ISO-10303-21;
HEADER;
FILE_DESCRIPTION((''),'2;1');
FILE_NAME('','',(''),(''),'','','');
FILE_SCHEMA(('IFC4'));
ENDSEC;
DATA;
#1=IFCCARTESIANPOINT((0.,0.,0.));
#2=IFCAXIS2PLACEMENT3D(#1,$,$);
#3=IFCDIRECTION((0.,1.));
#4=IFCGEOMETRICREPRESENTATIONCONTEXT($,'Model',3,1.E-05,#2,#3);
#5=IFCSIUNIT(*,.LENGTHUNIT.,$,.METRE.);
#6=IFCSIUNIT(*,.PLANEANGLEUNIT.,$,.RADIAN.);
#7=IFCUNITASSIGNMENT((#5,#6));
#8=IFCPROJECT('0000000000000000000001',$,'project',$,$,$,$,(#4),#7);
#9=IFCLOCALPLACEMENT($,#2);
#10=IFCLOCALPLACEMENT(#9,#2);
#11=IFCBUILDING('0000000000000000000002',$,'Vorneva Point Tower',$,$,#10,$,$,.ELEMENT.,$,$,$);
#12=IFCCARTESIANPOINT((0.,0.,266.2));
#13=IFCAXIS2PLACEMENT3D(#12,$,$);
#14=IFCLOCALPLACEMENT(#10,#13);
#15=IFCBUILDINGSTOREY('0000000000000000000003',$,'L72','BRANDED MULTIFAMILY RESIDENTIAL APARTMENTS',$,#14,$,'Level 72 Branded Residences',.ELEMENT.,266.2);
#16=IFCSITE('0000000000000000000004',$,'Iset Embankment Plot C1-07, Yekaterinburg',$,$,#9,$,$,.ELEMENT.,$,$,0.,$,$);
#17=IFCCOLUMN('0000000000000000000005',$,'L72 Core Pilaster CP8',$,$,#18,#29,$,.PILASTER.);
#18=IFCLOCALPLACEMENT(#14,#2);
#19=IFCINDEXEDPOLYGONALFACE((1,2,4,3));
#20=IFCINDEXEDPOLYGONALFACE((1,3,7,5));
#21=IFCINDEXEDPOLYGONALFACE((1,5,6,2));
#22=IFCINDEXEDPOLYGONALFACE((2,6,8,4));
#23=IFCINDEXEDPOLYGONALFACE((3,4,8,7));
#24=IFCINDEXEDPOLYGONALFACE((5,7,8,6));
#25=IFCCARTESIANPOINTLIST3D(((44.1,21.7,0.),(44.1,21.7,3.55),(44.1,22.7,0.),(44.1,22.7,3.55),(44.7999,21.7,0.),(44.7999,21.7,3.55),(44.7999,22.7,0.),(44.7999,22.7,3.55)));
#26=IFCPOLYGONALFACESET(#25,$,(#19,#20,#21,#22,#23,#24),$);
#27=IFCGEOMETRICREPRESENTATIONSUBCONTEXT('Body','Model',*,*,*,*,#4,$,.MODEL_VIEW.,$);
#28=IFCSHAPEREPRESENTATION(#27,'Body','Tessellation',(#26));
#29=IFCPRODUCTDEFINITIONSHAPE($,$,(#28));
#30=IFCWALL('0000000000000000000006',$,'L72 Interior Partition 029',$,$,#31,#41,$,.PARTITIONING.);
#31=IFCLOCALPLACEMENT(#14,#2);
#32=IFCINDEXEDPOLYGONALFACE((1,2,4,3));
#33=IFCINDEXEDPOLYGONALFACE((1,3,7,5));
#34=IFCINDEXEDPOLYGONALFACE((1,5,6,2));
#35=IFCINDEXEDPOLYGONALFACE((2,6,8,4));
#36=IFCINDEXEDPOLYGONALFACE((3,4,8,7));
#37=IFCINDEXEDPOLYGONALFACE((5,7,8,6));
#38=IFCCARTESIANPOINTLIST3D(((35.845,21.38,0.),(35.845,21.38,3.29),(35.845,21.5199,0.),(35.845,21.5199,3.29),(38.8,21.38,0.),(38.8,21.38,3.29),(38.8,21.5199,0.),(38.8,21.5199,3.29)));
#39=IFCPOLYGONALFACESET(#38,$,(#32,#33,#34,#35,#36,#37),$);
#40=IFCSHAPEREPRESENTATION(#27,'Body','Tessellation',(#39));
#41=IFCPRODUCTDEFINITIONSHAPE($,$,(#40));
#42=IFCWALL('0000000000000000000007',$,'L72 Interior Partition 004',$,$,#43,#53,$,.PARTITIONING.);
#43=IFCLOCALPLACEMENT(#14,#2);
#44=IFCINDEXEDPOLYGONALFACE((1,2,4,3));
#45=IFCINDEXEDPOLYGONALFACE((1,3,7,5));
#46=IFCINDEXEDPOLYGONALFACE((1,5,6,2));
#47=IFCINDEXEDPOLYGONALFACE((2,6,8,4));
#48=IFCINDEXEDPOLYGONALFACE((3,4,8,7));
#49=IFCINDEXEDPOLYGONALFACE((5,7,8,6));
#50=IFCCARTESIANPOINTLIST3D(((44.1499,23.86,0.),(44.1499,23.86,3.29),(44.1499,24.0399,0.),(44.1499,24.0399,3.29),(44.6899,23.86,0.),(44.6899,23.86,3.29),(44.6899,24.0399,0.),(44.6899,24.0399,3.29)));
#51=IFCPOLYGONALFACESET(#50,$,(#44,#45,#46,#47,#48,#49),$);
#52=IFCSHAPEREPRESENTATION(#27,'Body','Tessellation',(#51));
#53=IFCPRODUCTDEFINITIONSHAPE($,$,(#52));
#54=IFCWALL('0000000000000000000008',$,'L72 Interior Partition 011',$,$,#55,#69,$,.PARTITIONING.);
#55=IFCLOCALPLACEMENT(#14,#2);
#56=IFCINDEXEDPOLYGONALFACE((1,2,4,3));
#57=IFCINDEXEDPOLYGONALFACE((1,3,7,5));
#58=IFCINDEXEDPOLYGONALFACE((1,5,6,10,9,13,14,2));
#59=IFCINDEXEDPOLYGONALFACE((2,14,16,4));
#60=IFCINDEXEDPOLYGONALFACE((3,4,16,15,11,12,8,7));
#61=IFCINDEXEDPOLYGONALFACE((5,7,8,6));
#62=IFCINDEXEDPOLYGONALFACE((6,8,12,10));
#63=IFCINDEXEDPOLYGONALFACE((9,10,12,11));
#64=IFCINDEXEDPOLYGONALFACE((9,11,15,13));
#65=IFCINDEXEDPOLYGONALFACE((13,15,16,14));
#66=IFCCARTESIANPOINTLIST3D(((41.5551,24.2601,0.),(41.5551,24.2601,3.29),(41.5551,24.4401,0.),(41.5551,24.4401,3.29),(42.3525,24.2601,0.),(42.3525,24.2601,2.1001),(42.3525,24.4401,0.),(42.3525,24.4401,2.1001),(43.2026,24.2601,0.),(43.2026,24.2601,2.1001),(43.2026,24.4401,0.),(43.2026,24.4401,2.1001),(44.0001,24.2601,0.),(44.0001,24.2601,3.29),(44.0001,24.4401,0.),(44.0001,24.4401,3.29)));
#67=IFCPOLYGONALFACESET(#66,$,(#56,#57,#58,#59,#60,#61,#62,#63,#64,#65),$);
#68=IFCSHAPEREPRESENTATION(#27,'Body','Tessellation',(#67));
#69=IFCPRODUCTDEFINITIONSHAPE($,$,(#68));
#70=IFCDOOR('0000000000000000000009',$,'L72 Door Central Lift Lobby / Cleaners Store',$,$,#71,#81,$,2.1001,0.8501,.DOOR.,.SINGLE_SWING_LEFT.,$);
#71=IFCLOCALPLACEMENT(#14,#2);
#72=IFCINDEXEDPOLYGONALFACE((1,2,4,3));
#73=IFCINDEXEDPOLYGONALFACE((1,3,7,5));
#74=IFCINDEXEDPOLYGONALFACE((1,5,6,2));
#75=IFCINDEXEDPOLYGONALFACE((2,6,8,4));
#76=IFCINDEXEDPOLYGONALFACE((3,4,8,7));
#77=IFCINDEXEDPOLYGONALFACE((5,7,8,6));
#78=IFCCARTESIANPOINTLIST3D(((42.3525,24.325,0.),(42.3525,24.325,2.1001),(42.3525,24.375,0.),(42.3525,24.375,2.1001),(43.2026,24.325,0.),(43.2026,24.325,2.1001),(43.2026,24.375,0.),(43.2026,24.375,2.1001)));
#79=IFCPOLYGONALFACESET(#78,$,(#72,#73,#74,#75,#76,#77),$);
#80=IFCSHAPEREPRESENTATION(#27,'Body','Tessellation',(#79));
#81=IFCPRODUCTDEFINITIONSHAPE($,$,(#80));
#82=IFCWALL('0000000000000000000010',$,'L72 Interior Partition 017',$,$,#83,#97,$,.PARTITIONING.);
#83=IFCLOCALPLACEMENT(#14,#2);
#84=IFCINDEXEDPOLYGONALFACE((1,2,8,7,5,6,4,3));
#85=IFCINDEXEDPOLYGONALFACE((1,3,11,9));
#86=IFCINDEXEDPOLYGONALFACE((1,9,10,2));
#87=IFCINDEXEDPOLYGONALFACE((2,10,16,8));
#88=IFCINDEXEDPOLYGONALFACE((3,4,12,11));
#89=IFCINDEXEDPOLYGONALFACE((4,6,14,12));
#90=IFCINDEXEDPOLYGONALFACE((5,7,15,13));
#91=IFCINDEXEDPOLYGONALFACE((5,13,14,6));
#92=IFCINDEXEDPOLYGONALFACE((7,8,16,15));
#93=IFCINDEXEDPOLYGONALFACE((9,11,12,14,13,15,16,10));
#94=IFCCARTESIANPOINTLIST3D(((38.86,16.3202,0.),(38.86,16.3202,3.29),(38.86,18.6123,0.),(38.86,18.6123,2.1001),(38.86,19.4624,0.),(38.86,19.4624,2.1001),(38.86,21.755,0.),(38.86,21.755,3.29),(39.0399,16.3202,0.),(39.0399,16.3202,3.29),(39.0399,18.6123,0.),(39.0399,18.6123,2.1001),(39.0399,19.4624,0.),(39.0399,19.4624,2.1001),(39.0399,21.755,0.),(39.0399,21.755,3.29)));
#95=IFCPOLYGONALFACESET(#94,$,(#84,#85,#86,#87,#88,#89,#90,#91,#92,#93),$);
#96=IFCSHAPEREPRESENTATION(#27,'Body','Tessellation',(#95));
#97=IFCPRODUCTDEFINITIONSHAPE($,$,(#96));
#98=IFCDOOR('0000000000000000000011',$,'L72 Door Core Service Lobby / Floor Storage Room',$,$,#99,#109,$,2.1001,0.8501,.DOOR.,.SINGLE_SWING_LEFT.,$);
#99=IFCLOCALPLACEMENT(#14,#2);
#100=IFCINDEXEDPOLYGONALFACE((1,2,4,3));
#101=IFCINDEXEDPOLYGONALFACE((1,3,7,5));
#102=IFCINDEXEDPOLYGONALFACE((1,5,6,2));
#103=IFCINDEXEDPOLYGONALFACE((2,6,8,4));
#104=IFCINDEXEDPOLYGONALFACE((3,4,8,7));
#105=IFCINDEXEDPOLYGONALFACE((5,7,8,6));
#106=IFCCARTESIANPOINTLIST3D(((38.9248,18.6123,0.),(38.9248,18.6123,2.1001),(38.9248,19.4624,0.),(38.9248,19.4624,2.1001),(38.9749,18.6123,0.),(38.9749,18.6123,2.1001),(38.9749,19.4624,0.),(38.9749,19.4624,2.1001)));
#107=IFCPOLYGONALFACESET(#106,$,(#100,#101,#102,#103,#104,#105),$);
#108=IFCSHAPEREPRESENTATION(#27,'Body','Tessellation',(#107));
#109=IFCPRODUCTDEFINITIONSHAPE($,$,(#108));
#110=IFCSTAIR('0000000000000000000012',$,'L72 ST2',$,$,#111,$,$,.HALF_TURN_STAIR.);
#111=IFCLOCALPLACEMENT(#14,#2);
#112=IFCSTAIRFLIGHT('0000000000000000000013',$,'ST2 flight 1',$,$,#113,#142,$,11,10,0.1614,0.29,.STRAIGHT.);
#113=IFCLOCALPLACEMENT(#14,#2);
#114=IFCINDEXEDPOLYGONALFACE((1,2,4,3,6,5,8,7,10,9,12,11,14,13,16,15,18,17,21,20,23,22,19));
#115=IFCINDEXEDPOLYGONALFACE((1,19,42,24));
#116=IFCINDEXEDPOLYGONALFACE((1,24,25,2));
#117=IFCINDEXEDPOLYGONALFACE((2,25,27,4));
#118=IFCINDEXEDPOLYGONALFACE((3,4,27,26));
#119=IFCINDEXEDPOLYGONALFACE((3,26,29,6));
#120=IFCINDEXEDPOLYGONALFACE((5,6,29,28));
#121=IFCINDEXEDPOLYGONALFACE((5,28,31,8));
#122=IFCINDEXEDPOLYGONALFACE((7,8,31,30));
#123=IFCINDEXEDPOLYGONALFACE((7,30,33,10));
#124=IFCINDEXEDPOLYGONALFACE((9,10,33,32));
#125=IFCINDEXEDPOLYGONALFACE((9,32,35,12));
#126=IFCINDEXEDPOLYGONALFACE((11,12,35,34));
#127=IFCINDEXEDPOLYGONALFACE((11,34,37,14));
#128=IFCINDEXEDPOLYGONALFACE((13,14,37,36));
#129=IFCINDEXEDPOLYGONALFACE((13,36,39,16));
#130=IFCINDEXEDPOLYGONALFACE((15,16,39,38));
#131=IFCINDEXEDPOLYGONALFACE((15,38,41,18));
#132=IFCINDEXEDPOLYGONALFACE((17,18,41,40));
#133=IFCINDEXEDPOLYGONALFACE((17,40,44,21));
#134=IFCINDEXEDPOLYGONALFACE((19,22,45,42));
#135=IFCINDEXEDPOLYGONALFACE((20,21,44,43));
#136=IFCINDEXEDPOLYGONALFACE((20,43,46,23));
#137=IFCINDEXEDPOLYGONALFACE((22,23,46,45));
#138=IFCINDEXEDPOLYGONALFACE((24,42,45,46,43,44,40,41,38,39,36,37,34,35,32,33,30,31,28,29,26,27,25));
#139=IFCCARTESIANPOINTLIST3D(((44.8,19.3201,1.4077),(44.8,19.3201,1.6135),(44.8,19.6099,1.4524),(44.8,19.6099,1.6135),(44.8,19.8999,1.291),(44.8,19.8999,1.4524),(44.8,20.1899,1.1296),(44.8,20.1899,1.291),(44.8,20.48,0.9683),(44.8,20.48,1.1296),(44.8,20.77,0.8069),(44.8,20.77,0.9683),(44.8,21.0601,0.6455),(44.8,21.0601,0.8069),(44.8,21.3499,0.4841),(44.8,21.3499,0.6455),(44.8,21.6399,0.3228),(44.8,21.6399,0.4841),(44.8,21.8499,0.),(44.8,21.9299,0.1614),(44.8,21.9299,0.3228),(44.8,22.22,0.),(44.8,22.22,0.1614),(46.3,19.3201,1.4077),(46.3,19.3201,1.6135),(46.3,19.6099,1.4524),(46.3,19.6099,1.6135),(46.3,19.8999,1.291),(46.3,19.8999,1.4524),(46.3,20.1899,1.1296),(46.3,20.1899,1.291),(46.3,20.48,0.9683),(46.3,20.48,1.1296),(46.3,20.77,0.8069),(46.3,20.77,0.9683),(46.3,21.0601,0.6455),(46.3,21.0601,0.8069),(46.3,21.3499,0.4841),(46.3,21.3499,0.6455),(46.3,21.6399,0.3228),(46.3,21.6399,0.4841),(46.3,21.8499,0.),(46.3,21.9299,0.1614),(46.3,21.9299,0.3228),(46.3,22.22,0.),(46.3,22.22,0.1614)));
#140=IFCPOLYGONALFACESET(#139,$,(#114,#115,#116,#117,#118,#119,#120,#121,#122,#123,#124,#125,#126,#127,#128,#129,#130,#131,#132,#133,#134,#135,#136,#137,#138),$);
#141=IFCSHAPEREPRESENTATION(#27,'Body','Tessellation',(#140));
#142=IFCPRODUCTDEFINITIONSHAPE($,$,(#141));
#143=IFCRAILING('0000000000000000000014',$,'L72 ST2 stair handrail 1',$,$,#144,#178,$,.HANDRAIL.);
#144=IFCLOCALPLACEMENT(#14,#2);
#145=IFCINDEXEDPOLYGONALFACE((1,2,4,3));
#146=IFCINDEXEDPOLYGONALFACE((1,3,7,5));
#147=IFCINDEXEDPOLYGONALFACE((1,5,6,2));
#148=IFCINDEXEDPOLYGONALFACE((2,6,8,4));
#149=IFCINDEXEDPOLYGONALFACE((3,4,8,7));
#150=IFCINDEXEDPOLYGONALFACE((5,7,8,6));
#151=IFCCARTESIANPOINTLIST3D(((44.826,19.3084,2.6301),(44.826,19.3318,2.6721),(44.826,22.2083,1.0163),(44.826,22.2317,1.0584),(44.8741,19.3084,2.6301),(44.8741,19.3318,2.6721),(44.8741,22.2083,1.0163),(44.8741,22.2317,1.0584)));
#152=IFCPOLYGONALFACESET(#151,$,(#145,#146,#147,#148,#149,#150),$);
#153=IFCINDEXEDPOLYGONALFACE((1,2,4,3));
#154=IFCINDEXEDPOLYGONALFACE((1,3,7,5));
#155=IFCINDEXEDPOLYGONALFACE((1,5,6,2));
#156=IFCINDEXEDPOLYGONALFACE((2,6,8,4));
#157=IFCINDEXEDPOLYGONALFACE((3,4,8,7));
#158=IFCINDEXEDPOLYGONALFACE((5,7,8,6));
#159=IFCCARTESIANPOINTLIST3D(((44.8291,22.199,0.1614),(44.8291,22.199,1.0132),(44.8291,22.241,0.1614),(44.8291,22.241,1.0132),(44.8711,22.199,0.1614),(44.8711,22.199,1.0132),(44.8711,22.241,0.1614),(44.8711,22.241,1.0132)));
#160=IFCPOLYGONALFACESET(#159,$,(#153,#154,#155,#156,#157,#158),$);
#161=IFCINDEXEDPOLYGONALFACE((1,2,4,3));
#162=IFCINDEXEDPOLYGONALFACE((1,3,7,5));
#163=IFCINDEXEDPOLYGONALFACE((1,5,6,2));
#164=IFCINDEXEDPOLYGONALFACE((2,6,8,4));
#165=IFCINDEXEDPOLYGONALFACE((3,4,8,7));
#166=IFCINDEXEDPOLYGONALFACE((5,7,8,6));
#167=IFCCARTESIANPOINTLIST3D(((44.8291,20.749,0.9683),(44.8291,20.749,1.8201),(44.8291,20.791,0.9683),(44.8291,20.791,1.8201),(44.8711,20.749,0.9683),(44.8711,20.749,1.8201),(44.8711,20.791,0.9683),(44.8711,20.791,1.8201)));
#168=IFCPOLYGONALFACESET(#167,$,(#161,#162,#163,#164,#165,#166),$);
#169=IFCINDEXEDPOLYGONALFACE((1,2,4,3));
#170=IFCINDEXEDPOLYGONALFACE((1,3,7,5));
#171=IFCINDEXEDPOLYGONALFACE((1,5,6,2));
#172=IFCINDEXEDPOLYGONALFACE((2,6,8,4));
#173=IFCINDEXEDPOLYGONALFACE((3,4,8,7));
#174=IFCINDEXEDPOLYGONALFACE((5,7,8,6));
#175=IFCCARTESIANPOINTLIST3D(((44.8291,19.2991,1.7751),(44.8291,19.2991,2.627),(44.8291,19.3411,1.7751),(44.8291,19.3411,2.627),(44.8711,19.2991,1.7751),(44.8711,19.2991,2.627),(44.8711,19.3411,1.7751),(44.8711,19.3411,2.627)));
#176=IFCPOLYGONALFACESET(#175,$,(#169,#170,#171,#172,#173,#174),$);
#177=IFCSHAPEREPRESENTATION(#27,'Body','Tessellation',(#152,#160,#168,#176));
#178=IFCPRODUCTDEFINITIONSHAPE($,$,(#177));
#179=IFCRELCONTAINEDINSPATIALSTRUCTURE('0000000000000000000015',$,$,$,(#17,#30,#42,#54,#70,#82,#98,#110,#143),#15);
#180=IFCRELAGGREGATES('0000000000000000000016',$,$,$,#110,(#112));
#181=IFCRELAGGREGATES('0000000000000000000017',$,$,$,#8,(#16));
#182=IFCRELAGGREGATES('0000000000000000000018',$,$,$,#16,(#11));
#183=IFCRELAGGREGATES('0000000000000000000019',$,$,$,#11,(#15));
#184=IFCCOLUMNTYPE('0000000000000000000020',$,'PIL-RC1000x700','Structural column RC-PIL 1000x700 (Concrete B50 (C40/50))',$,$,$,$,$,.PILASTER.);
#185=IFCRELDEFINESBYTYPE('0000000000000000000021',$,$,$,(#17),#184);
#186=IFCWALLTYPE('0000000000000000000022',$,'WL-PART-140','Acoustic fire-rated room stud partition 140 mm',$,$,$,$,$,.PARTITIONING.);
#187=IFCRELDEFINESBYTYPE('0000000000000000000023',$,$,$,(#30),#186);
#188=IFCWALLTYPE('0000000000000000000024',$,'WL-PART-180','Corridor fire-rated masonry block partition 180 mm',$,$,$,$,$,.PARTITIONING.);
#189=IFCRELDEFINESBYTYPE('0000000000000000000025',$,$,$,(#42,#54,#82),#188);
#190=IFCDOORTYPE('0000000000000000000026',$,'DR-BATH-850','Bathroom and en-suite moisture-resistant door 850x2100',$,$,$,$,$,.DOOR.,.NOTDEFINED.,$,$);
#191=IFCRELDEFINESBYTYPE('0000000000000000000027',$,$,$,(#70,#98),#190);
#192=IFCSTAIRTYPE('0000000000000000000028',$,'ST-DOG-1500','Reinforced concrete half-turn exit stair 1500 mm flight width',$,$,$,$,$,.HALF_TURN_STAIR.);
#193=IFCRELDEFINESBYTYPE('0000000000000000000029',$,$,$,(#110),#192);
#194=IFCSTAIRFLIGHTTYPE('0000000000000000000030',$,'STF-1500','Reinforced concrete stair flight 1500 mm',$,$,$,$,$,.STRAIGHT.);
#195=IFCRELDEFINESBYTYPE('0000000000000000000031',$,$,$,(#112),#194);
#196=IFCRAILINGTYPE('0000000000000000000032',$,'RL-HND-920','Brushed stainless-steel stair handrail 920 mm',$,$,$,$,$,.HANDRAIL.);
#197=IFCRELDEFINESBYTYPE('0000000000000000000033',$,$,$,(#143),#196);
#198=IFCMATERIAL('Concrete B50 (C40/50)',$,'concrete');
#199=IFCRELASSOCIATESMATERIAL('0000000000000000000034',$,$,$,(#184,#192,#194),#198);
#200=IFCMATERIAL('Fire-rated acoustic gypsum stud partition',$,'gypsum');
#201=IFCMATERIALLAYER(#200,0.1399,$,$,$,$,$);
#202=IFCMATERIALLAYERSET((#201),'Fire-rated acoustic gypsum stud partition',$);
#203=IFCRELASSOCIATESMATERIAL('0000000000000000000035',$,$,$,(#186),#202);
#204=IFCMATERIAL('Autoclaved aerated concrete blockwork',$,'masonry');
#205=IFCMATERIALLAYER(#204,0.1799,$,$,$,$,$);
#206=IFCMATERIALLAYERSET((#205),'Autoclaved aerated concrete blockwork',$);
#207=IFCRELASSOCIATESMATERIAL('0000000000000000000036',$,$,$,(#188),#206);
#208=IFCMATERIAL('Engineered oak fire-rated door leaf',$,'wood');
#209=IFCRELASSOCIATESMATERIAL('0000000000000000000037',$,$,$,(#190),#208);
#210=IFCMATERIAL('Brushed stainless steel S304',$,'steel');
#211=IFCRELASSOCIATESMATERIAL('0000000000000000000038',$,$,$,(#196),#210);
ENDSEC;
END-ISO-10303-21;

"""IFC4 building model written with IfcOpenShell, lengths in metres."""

from ifc_helpers import new_model, si_unit, direction, frame, frame_2d, origin, origin_2d, place, context, subcontext, project, spatial, polyline, rectangle, outline, extrude, material, layer, layer_set, material_profile, profile_set, type_object, element, fill, aggregate, save


model = new_model("IFC4")

# Units and contexts
model_context = context("Model", 3, precision=1e-05, world=origin(), true_north=direction((0.0, 1.0)))
body_context = subcontext(model_context, "Body", "Model", "MODEL_VIEW")
ifc_project = project(units=[si_unit("LENGTHUNIT", "METRE"), si_unit("PLANEANGLEUNIT", "RADIAN")], contexts=[model_context])

# Site, building, storey
site_placement = place(None, origin())
site = spatial("IfcSite", under=ifc_project, at=site_placement, Name="Iset Embankment Plot C1-07, Yekaterinburg", CompositionType="ELEMENT", RefElevation=0.0)
building_placement = place(site_placement, origin())
building = spatial("IfcBuilding", under=site, at=building_placement, Name="Vorneva Point Tower", CompositionType="ELEMENT")
storey_placement = place(building_placement, frame((0.0, 0.0, 266.2)))
storey = spatial("IfcBuildingStorey", under=building, at=storey_placement, Name="L72", Description="BRANDED MULTIFAMILY RESIDENTIAL APARTMENTS", LongName="Level 72 Branded Residences", CompositionType="ELEMENT", Elevation=266.2)

# Column
ifc_material_1 = material(Name="Concrete B50 (C40/50)", Category="concrete")
ifc_material_profile = material_profile(ifc_material_1, rectangle(XDim=0.7, YDim=1.0, at=origin_2d()), Name="RC-PIL 1000x700")
ifc_profile_set = profile_set([ifc_material_profile], Name="Concrete B50 (C40/50)")
column_type = type_object("IfcColumnType", Name="PIL-RC1000x700", Description="Structural column RC-PIL 1000x700 (Concrete B50 (C40/50))", PredefinedType="PILASTER", material=ifc_profile_set)
column_placement = place(storey_placement, frame((44.45, 22.2, 0.0), z_axis=(0.0, 0.0, 1.0), x_axis=(1.0, 0.0, 0.0)))
element("IfcColumn", 1, at=column_placement, inside=storey, type_object=column_type, Name="L72 Core Pilaster CP8", PredefinedType="PILASTER", context=body_context, shape_type="SweptSolid", body=[
    extrude(rectangle(XDim=0.7, YDim=1.0, at=origin_2d()), origin(), (0.0, 0.0, 1.0), 3.55),
])

# Walls
ifc_material_2 = material(Name="Fire-rated acoustic gypsum stud partition", Category="gypsum")
ifc_layer_1 = layer(ifc_material_2, 0.1399)
ifc_layer_set_1 = layer_set([ifc_layer_1], Name="Fire-rated acoustic gypsum stud partition")
wall_type_1 = type_object("IfcWallType", Name="WL-PART-140", Description="Acoustic fire-rated room stud partition 140 mm", PredefinedType="PARTITIONING", material=ifc_layer_set_1)
wall_1_placement = place(storey_placement, frame((38.8, 21.45, 0.0), z_axis=(0.0, 0.0, 1.0), x_axis=(-1.0, 0.0, 0.0)))
element("IfcWall", 2, at=wall_1_placement, inside=storey, type_object=wall_type_1, Name="L72 Interior Partition 029", PredefinedType="PARTITIONING", context=body_context, shape_type="SweptSolid", body=[
    extrude(rectangle(XDim=2.9551, YDim=0.1399, at=frame_2d((1.4775, 0.0))), origin(), (0.0, 0.0, 1.0), 3.29),
])
ifc_material_3 = material(Name="Autoclaved aerated concrete blockwork", Category="masonry")
ifc_layer_2 = layer(ifc_material_3, 0.1799)
ifc_layer_set_2 = layer_set([ifc_layer_2], Name="Autoclaved aerated concrete blockwork")
wall_type_2 = type_object("IfcWallType", Name="WL-PART-180", Description="Corridor fire-rated masonry block partition 180 mm", PredefinedType="PARTITIONING", material=ifc_layer_set_2)
wall_2_placement = place(storey_placement, frame((44.1499, 23.95, 0.0), z_axis=(0.0, 0.0, 1.0), x_axis=(1.0, 0.0, 0.0)))
element("IfcWall", 3, at=wall_2_placement, inside=storey, type_object=wall_type_2, Name="L72 Interior Partition 004", PredefinedType="PARTITIONING", context=body_context, shape_type="SweptSolid", body=[
    extrude(rectangle(XDim=0.54, YDim=0.1799, at=frame_2d((0.27, 0.0))), origin(), (0.0, 0.0, 1.0), 3.29),
])

# Walls, openings, doors
wall_3_placement = place(storey_placement, frame((41.5549, 24.3501, 0.0), z_axis=(0.0, 0.0, 1.0), x_axis=(1.0, 0.0, 0.0)))
wall_3 = element("IfcWall", 4, at=wall_3_placement, inside=storey, type_object=wall_type_2, Name="L72 Interior Partition 011", PredefinedType="PARTITIONING", context=body_context, shape_type="SweptSolid", body=[
    extrude(rectangle(XDim=2.4451, YDim=0.1799, at=frame_2d((1.2227, 0.0))), origin(), (0.0, 0.0, 1.0), 3.29),
])
opening_1_placement = place(wall_3_placement, frame((0.7976, 0.0, 0.0)))
opening_1 = element("IfcOpeningElement", 5, at=opening_1_placement, cuts=wall_3, PredefinedType="OPENING", context=body_context, shape_type="SweptSolid", body=[
    extrude(rectangle(XDim=0.8501, YDim=2.1001, at=frame_2d((0.425, 1.05))), frame((0.0, 0.105, 0.0), z_axis=(0.0, -1.0, 0.0), x_axis=(1.0, 0.0, 0.0)), (0.0, 0.0, 1.0), 0.2097),
])
ifc_material_4 = material(Name="Engineered oak fire-rated door leaf", Category="wood")
door_type_1 = type_object("IfcDoorType", Name="DR-BATH-850", Description="Bathroom and en-suite moisture-resistant door 850x2100", OperationType="NOTDEFINED", PredefinedType="DOOR", material=ifc_material_4)
door_1_placement = place(opening_1_placement, origin())
door_1 = element("IfcDoor", 6, at=door_1_placement, inside=storey, type_object=door_type_1, Name="L72 Door Central Lift Lobby / Cleaners Store", OperationType="SINGLE_SWING_LEFT", OverallHeight=2.1001, OverallWidth=0.8501, PredefinedType="DOOR", context=body_context, shape_type="SweptSolid", body=[
    extrude(rectangle(XDim=0.8501, YDim=2.1001, at=frame_2d((0.425, 1.05))), frame((0.0, 0.0249, 0.0), z_axis=(0.0, -1.0, 0.0), x_axis=(1.0, 0.0, 0.0)), (0.0, 0.0, 1.0), 0.05),
])
fill(opening_1, door_1)
wall_4_placement = place(storey_placement, frame((38.95, 21.7549, 0.0), z_axis=(0.0, 0.0, 1.0), x_axis=(0.0, -1.0, 0.0)))
wall_4 = element("IfcWall", 7, at=wall_4_placement, inside=storey, type_object=wall_type_2, Name="L72 Interior Partition 017", PredefinedType="PARTITIONING", context=body_context, shape_type="SweptSolid", body=[
    extrude(rectangle(XDim=5.4348, YDim=0.1799, at=frame_2d((2.7173, 0.0))), origin(), (0.0, 0.0, 1.0), 3.29),
])
opening_2_placement = place(wall_4_placement, frame((2.2925, 0.0, 0.0)))
opening_2 = element("IfcOpeningElement", 8, at=opening_2_placement, cuts=wall_4, PredefinedType="OPENING", context=body_context, shape_type="SweptSolid", body=[
    extrude(rectangle(XDim=0.8501, YDim=2.1001, at=frame_2d((0.425, 1.05))), frame((0.0, 0.105, 0.0), z_axis=(0.0, -1.0, 0.0), x_axis=(1.0, 0.0, 0.0)), (0.0, 0.0, 1.0), 0.2097),
])
door_2_placement = place(opening_2_placement, origin())
door_2 = element("IfcDoor", 9, at=door_2_placement, inside=storey, type_object=door_type_1, Name="L72 Door Core Service Lobby / Floor Storage Room", OperationType="SINGLE_SWING_LEFT", OverallHeight=2.1001, OverallWidth=0.8501, PredefinedType="DOOR", context=body_context, shape_type="SweptSolid", body=[
    extrude(rectangle(XDim=0.8501, YDim=2.1001, at=frame_2d((0.425, 1.05))), frame((0.0, 0.0249, 0.0), z_axis=(0.0, -1.0, 0.0), x_axis=(1.0, 0.0, 0.0)), (0.0, 0.0, 1.0), 0.05),
])
fill(opening_2, door_2)

# Stair, stair flight
stair_type = type_object("IfcStairType", Name="ST-DOG-1500", Description="Reinforced concrete half-turn exit stair 1500 mm flight width", PredefinedType="HALF_TURN_STAIR", material=ifc_material_1)
stair_placement = place(storey_placement, origin())
stair = element("IfcStair", 10, at=stair_placement, inside=storey, type_object=stair_type, Name="L72 ST2", PredefinedType="HALF_TURN_STAIR")
stair_flight_type = type_object("IfcStairFlightType", Name="STF-1500", Description="Reinforced concrete stair flight 1500 mm", PredefinedType="STRAIGHT", material=ifc_material_1)
stair_flight_placement = place(storey_placement, frame((45.55, 22.22, 0.0), z_axis=(0.0, 0.0, 1.0), x_axis=(0.0, -1.0, 0.0)))
stair_flight = element("IfcStairFlight", 11, at=stair_flight_placement, type_object=stair_flight_type, Name="ST2 flight 1", NumberOfRisers=11, NumberOfTreads=10, PredefinedType="STRAIGHT", RiserHeight=0.1614, TreadLength=0.29, context=body_context, shape_type="SweptSolid", body=[
    extrude(outline(polyline([(0.0, 0.0), (0.0, 0.1614), (0.29, 0.1614), (0.29, 0.3228), (0.5801, 0.3228), (0.5801, 0.4841), (0.8701, 0.4841), (0.8701, 0.6455), (1.1599, 0.6455), (1.1599, 0.8069), (1.45, 0.8069), (1.45, 0.9683), (1.74, 0.9683), (1.74, 1.1296), (2.03, 1.1296), (2.03, 1.291), (2.3201, 1.291), (2.3201, 1.4524), (2.6101, 1.4524), (2.6101, 1.6135), (2.8999, 1.6135), (2.8999, 1.7749), (2.8999, 1.4077), (0.3701, 0.0), (0.0, 0.0)])), frame((0.0, 0.75, 0.0), z_axis=(0.0, -1.0, 0.0), x_axis=(1.0, 0.0, 0.0)), (0.0, 0.0, 1.0), 1.5),
])
aggregate(stair, [stair_flight])

# Railing
ifc_material_5 = material(Name="Brushed stainless steel S304", Category="steel")
railing_type_1 = type_object("IfcRailingType", Name="RL-HND-920", Description="Brushed stainless-steel stair handrail 920 mm", PredefinedType="HANDRAIL", material=ifc_material_5)
railing_1_placement = place(storey_placement, frame((44.8501, 22.22, 0.1614)))
element("IfcRailing", 12, at=railing_1_placement, inside=storey, type_object=railing_type_1, Name="L72 ST2 stair handrail 1", PredefinedType="HANDRAIL", context=body_context, shape_type="SweptSolid", body=[
    extrude(rectangle(XDim=0.0481, YDim=0.0481, at=origin_2d()), frame((0.0, 0.0, 0.876), z_axis=(0.0, -0.87381, 0.486267), x_axis=(1.0, 0.0, 0.0)), (0.0, 0.0, 1.0), 3.3186),
    extrude(rectangle(XDim=0.042, YDim=0.042, at=origin_2d()), origin(), (0.0, 0.0, 1.0), 0.8518),
    extrude(rectangle(XDim=0.042, YDim=0.042, at=origin_2d()), frame((0.0, -1.45, 0.8069)), (0.0, 0.0, 1.0), 0.8518),
    extrude(rectangle(XDim=0.042, YDim=0.042, at=origin_2d()), frame((0.0, -2.8999, 1.6138)), (0.0, 0.0, 1.0), 0.8518),
])

save(model, "model.ifc")
